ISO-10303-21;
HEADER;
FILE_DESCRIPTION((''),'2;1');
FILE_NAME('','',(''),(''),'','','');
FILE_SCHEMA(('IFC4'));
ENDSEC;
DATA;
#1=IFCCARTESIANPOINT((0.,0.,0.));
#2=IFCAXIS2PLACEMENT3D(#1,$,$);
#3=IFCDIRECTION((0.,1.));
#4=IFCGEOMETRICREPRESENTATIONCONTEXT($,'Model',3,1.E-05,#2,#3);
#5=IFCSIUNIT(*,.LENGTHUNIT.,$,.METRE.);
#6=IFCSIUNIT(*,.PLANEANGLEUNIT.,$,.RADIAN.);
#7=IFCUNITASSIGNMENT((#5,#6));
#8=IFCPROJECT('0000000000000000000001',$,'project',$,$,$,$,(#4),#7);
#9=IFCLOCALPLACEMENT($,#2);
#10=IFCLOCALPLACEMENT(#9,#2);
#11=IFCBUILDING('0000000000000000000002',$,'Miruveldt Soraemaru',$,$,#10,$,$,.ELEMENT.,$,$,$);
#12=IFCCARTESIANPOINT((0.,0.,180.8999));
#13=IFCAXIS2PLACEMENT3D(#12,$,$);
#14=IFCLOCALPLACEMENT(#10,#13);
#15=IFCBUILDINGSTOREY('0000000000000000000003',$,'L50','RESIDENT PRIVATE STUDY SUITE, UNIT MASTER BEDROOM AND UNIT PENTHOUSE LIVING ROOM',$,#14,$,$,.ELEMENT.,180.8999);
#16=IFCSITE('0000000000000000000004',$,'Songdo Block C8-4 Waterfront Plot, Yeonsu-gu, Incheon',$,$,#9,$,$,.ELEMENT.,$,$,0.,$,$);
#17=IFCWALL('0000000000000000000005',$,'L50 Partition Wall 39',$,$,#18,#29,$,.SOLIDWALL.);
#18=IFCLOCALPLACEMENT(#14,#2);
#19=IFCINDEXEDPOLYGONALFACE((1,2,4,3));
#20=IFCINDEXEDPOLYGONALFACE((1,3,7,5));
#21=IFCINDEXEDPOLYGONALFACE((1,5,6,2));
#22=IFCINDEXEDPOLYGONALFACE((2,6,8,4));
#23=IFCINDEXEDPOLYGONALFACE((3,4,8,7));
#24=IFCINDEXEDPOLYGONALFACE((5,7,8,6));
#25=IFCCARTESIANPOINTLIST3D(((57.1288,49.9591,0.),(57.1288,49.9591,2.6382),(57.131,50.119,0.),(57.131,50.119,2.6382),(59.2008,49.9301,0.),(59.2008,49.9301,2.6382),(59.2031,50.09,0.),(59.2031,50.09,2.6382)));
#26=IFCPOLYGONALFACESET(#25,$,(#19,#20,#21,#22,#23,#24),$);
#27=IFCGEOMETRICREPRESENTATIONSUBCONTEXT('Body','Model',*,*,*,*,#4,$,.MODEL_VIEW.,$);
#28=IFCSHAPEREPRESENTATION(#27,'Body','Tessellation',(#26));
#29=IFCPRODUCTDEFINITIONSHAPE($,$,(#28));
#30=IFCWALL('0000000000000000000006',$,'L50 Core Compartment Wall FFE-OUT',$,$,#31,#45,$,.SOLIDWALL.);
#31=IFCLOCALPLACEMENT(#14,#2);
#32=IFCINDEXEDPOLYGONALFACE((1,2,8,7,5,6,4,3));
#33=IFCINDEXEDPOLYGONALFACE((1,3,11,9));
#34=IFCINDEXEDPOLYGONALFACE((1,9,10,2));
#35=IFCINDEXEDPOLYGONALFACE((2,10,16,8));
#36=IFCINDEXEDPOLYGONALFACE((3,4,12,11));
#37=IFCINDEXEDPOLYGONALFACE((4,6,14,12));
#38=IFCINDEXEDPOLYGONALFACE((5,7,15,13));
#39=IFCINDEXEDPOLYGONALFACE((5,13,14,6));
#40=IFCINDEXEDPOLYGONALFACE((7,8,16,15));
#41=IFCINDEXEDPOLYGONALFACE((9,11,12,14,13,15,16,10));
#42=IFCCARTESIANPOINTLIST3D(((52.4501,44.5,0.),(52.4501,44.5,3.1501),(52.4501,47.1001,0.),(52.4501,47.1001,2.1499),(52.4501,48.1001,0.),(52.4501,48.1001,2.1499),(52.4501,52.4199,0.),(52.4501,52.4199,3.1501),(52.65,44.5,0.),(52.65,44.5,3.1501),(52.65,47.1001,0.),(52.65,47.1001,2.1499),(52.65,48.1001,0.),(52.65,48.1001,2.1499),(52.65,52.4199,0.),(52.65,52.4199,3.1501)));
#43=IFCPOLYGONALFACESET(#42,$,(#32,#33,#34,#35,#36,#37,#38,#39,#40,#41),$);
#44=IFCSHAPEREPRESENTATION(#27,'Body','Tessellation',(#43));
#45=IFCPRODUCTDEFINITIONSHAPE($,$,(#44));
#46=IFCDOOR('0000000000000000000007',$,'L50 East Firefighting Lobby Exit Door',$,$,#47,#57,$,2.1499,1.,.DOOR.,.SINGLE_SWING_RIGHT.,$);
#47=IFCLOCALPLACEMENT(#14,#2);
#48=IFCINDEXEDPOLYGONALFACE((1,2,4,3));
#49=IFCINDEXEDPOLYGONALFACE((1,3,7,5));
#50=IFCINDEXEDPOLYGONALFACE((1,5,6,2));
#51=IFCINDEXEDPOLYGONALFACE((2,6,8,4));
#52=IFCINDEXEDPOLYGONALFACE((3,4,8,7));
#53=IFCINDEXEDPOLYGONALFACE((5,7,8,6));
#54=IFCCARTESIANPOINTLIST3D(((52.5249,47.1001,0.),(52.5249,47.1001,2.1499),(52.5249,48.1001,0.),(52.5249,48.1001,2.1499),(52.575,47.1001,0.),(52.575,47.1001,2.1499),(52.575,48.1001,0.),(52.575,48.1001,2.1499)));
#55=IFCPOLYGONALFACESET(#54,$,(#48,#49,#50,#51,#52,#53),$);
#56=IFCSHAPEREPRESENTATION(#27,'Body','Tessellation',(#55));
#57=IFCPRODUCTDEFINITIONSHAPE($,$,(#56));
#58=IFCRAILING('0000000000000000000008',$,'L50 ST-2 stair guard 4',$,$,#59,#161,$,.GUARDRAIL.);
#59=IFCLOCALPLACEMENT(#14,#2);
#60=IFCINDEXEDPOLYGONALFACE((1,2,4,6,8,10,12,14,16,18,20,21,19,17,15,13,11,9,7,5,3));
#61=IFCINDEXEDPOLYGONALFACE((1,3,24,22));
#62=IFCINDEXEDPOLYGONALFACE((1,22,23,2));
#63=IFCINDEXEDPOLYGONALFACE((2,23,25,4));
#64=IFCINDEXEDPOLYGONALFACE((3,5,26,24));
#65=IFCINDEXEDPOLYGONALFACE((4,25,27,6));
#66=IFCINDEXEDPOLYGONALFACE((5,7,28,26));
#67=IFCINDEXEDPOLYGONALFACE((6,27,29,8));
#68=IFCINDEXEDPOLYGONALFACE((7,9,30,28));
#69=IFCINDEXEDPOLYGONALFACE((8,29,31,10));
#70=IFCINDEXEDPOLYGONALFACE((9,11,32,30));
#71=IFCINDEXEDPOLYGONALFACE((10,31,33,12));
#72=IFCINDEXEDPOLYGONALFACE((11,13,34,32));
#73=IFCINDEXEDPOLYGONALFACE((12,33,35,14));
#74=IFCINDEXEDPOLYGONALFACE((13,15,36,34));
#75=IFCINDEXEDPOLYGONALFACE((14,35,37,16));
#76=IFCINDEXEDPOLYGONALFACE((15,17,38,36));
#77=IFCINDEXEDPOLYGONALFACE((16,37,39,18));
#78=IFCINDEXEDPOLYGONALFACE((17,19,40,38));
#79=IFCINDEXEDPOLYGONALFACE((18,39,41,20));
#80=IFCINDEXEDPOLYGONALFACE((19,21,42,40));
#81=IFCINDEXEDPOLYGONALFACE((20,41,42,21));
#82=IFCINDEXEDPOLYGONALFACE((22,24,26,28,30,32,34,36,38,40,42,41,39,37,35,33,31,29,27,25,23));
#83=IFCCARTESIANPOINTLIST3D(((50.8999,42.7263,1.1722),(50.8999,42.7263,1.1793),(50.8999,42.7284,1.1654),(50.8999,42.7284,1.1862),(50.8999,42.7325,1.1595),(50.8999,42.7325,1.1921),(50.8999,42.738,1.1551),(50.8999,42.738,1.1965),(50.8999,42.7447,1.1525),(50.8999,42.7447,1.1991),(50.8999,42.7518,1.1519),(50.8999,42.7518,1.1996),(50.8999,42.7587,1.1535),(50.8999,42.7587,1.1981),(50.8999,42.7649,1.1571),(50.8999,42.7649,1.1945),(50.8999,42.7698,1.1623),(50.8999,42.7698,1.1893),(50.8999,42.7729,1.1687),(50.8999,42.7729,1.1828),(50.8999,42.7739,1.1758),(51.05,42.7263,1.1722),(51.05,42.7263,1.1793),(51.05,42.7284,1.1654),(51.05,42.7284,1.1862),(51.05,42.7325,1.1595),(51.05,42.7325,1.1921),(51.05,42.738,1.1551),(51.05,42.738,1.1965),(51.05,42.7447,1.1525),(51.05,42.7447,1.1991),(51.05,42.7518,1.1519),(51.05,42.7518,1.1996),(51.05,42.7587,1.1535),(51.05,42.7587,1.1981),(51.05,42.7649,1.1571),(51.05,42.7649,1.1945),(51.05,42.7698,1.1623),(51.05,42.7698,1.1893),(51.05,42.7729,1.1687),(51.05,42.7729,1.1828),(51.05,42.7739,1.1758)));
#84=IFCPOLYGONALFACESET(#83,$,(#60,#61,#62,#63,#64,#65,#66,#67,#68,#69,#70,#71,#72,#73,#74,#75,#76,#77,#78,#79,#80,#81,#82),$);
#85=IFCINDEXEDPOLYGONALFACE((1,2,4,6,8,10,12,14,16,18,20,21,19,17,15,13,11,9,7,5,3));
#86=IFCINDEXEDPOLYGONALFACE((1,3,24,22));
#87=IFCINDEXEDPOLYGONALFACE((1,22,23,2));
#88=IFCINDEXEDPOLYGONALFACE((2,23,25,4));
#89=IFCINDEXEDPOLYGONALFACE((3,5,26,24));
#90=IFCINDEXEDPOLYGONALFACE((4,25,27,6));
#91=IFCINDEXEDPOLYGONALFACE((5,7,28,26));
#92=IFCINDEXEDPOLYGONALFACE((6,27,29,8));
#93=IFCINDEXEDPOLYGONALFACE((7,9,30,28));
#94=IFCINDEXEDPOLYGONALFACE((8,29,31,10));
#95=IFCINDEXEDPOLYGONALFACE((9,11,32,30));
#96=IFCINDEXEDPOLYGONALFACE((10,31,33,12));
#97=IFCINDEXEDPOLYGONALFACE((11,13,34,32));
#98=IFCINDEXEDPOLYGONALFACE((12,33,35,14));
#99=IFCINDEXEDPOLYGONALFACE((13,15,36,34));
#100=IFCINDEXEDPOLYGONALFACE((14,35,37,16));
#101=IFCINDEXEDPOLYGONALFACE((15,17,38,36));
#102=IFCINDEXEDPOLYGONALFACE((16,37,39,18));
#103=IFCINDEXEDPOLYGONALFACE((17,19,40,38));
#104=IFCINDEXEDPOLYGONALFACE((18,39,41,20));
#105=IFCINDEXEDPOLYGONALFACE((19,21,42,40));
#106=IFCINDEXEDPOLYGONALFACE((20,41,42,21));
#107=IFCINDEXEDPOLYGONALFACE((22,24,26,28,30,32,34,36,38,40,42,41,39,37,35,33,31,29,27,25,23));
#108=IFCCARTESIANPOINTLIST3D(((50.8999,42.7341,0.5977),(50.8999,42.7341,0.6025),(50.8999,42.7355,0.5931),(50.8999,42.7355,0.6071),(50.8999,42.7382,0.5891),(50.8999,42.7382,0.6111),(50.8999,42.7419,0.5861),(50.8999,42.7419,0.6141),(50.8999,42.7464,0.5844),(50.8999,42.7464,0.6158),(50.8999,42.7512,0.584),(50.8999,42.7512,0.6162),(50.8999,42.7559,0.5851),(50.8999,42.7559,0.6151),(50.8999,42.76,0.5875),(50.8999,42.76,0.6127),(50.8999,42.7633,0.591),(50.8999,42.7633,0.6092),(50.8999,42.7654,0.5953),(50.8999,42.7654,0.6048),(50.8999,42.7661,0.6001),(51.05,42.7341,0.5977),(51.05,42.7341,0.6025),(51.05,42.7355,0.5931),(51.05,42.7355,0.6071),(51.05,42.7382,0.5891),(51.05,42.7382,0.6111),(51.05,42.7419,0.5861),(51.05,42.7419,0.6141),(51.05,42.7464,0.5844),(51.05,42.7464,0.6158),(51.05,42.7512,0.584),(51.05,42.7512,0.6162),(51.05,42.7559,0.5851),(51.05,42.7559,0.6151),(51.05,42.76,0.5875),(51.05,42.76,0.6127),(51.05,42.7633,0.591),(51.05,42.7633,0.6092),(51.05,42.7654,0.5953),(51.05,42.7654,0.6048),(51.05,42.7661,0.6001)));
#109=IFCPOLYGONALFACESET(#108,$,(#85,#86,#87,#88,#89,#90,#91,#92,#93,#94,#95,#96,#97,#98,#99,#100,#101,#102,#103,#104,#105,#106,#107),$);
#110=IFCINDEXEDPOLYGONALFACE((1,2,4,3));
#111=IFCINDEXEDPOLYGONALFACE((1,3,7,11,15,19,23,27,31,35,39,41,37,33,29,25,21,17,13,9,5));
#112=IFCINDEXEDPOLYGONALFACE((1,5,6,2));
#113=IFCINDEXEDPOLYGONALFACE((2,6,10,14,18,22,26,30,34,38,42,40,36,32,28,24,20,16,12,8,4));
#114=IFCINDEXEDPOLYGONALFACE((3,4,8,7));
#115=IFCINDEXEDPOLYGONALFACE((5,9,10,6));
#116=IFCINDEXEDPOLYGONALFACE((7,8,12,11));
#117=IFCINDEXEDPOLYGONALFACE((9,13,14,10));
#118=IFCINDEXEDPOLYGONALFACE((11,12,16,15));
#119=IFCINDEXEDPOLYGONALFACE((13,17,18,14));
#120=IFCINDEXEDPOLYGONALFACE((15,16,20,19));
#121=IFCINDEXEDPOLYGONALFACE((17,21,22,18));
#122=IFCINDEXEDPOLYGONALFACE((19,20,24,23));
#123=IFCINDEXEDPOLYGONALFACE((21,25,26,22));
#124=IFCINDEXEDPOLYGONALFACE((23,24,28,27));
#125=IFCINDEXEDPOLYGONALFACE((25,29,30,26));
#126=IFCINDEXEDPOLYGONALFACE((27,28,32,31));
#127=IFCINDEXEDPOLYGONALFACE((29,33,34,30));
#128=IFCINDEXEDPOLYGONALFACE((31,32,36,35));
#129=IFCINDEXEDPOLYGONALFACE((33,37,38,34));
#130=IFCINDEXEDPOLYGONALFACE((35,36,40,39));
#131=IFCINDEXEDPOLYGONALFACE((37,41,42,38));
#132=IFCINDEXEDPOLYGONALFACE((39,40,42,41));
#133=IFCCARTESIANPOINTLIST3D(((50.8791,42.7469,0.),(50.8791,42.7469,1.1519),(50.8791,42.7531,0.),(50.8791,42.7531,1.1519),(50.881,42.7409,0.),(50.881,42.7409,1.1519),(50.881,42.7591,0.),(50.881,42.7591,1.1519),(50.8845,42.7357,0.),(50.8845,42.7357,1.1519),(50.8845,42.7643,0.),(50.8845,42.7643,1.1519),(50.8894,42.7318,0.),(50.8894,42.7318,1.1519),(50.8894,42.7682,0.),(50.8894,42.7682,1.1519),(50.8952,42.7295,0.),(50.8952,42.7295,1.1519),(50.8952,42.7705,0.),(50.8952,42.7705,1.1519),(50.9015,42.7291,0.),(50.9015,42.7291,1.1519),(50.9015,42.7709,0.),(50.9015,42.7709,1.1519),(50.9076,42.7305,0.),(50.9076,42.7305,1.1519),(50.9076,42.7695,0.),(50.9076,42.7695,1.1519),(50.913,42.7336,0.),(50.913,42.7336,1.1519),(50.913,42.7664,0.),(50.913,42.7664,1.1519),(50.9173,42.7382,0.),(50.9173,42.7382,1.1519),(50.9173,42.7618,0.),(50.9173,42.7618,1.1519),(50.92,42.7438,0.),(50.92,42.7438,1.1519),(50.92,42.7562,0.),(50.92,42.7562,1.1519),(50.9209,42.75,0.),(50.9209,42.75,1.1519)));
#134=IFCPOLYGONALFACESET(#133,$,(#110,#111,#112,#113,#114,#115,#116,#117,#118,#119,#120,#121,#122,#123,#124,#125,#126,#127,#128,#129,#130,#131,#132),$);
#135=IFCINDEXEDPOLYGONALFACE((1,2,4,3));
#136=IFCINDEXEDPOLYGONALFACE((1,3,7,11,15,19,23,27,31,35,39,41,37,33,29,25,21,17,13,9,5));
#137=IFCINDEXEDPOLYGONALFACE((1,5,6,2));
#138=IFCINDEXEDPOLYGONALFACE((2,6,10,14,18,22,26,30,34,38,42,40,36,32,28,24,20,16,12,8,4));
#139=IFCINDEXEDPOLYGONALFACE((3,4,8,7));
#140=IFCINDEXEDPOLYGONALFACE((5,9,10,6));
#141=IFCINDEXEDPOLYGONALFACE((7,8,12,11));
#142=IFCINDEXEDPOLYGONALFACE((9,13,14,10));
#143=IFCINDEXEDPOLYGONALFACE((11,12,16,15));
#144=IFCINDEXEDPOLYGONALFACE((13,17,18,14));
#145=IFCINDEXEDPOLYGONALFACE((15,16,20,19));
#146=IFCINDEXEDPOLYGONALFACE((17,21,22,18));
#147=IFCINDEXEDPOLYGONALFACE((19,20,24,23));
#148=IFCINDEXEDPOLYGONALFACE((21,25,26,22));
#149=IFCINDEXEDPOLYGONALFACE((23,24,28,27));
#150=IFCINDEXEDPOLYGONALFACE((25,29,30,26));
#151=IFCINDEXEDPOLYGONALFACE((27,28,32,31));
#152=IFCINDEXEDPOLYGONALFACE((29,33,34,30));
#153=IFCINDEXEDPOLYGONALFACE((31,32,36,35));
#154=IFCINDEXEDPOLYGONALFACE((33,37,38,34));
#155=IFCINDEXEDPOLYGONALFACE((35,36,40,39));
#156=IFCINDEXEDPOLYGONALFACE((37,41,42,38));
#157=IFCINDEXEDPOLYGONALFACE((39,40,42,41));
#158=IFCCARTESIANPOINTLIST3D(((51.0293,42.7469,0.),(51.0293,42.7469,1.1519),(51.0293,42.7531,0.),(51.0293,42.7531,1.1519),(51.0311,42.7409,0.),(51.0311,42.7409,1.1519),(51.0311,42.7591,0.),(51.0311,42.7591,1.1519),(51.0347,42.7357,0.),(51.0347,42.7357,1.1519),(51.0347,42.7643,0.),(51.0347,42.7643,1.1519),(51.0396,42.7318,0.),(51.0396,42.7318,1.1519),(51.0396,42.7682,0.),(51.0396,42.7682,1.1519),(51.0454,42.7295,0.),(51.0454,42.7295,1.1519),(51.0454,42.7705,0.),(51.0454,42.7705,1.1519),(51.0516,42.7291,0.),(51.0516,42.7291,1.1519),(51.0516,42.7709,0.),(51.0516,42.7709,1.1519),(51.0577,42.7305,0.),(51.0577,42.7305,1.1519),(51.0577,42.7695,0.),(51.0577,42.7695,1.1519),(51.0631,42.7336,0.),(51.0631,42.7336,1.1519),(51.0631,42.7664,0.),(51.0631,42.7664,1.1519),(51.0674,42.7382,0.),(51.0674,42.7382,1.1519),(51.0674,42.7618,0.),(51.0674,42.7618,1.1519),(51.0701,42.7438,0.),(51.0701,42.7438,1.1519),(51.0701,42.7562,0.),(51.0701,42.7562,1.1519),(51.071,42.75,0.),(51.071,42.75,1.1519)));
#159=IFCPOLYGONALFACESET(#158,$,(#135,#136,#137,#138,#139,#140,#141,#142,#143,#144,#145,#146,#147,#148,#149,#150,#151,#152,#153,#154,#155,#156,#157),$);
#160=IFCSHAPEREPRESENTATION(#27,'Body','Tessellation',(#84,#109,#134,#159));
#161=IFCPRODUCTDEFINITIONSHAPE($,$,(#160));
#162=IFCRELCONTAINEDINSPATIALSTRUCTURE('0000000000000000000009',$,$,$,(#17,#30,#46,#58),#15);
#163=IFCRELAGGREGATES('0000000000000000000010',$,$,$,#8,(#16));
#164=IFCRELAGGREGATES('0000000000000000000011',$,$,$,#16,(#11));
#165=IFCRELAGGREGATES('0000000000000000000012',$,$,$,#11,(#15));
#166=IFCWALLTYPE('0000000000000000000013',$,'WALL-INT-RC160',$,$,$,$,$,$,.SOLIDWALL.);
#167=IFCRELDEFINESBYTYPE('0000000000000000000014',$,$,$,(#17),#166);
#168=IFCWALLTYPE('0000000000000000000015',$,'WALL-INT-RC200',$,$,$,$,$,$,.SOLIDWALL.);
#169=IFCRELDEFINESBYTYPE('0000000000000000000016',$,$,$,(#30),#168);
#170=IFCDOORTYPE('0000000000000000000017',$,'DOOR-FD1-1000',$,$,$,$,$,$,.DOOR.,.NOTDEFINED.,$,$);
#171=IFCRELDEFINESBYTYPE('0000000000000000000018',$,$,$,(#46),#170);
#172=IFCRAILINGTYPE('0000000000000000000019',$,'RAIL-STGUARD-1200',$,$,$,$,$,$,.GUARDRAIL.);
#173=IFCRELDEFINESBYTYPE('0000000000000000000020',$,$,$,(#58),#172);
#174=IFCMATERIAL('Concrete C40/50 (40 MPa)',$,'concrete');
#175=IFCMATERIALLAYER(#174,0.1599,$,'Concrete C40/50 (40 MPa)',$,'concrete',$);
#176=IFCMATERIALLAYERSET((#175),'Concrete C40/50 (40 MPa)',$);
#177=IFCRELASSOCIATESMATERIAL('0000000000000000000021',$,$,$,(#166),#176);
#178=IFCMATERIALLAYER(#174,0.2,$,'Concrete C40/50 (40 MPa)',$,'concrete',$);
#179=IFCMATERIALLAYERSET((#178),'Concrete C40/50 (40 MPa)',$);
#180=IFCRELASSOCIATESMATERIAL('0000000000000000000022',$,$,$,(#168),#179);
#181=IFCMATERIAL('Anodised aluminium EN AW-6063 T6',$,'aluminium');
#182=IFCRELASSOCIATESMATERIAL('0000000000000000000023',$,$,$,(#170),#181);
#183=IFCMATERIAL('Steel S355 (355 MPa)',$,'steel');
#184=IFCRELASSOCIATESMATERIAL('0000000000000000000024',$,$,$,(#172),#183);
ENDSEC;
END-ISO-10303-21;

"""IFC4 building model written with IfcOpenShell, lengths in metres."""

from ifc_helpers import new_model, si_unit, direction, frame, frame_2d, origin, origin_2d, place, context, subcontext, project, spatial, rectangle, circle, extrude, material, layer, layer_set, type_object, element, fill, save


model = new_model("IFC4")

# Units and contexts
model_context = context("Model", 3, precision=1e-05, world=origin(), true_north=direction((0.0, 1.0)))
body_context = subcontext(model_context, "Body", "Model", "MODEL_VIEW")
ifc_project = project(units=[si_unit("LENGTHUNIT", "METRE"), si_unit("PLANEANGLEUNIT", "RADIAN")], contexts=[model_context])

# Site, building, storey
site_placement = place(None, origin())
site = spatial("IfcSite", under=ifc_project, at=site_placement, Name="Songdo Block C8-4 Waterfront Plot, Yeonsu-gu, Incheon", CompositionType="ELEMENT", RefElevation=0.0)
building_placement = place(site_placement, origin())
building = spatial("IfcBuilding", under=site, at=building_placement, Name="Miruveldt Soraemaru", CompositionType="ELEMENT")
storey_placement = place(building_placement, frame((0.0, 0.0, 180.8999)))
storey = spatial("IfcBuildingStorey", under=building, at=storey_placement, Name="L50", Description="RESIDENT PRIVATE STUDY SUITE, UNIT MASTER BEDROOM AND UNIT PENTHOUSE LIVING ROOM", CompositionType="ELEMENT", Elevation=180.8999)

# Shared definitions
ifc_material_1 = material(Name="Concrete C40/50 (40 MPa)", Category="concrete")
ifc_layer_1 = layer(ifc_material_1, 0.1599, Name="Concrete C40/50 (40 MPa)", Category="concrete")
ifc_layer_set_1 = layer_set([ifc_layer_1], Name="Concrete C40/50 (40 MPa)")
wall_type_1 = type_object("IfcWallType", Name="WALL-INT-RC160", PredefinedType="SOLIDWALL", material=ifc_layer_set_1)
ifc_material_2 = material(Name="Anodised aluminium EN AW-6063 T6", Category="aluminium")

# Wall
wall_1_placement = place(storey_placement, frame((57.1299, 50.0391, 0.0), z_axis=(0.0, 0.0, 1.0), x_axis=(0.999902, -0.01402, 0.0)))
element("IfcWall", 1, at=wall_1_placement, inside=storey, type_object=wall_type_1, Name="L50 Partition Wall 39", PredefinedType="SOLIDWALL", context=body_context, shape_type="SweptSolid", body=[
    extrude(rectangle(XDim=2.0723, YDim=0.1599, at=frame_2d((1.0361, 0.0))), origin(), (0.0, 0.0, 1.0), 2.6382),
])

# Wall, opening, door
ifc_layer_2 = layer(ifc_material_1, 0.2, Name="Concrete C40/50 (40 MPa)", Category="concrete")
ifc_layer_set_2 = layer_set([ifc_layer_2], Name="Concrete C40/50 (40 MPa)")
wall_type_2 = type_object("IfcWallType", Name="WALL-INT-RC200", PredefinedType="SOLIDWALL", material=ifc_layer_set_2)
wall_2_placement = place(storey_placement, frame((52.55, 44.5, 0.0), z_axis=(0.0, 0.0, 1.0), x_axis=(0.0, 1.0, 0.0)))
wall_2 = element("IfcWall", 2, at=wall_2_placement, inside=storey, type_object=wall_type_2, Name="L50 Core Compartment Wall FFE-OUT", PredefinedType="SOLIDWALL", context=body_context, shape_type="SweptSolid", body=[
    extrude(rectangle(XDim=7.9199, YDim=0.2, at=frame_2d((3.96, 0.0))), origin(), (0.0, 0.0, 1.0), 3.1501),
])
opening_1_placement = place(wall_2_placement, frame((2.6001, 0.0, 0.0)))
opening_1 = element("IfcOpeningElement", 3, at=opening_1_placement, cuts=wall_2, PredefinedType="OPENING", context=body_context, shape_type="SweptSolid", body=[
    extrude(rectangle(XDim=1.0, YDim=2.1499, at=frame_2d((0.5, 1.075))), frame((0.0, 0.1099, 0.0), z_axis=(0.0, -1.0, 0.0), x_axis=(1.0, 0.0, 0.0)), (0.0, 0.0, 1.0), 0.22),
])
door_type_1 = type_object("IfcDoorType", Name="DOOR-FD1-1000", OperationType="NOTDEFINED", PredefinedType="DOOR", material=ifc_material_2)
door_1_placement = place(opening_1_placement, frame((1.0, 0.0, 0.0), z_axis=(0.0, 0.0, 1.0), x_axis=(-1.0, 0.0, 0.0)))
door_1 = element("IfcDoor", 4, at=door_1_placement, inside=storey, type_object=door_type_1, Name="L50 East Firefighting Lobby Exit Door", OperationType="SINGLE_SWING_RIGHT", OverallHeight=2.1499, OverallWidth=1.0, PredefinedType="DOOR", context=body_context, shape_type="SweptSolid", body=[
    extrude(rectangle(XDim=1.0, YDim=2.1499, at=frame_2d((0.5, 1.075))), frame((0.0, 0.0249, 0.0), z_axis=(0.0, -1.0, 0.0), x_axis=(1.0, 0.0, 0.0)), (0.0, 0.0, 1.0), 0.05),
])
fill(opening_1, door_1)

# Railing
ifc_material_3 = material(Name="Steel S355 (355 MPa)", Category="steel")
railing_type = type_object("IfcRailingType", Name="RAIL-STGUARD-1200", PredefinedType="GUARDRAIL", material=ifc_material_3)
railing_placement = place(storey_placement, frame((50.8999, 42.75, 0.0)))
element("IfcRailing", 5, at=railing_placement, inside=storey, type_object=railing_type, Name="L50 ST-2 stair guard 4", PredefinedType="GUARDRAIL", context=body_context, shape_type="SweptSolid", body=[
    extrude(circle(Radius=0.0239, at=origin_2d()), frame((0.0, 0.0, 1.1758), z_axis=(1.0, 0.0, 0.0), x_axis=(0.0, 1.0, 0.0)), (0.0, 0.0, 1.0), 0.1501),
    extrude(circle(Radius=0.0161, at=origin_2d()), frame((0.0, 0.0, 0.6001), z_axis=(1.0, 0.0, 0.0), x_axis=(0.0, 1.0, 0.0)), (0.0, 0.0, 1.0), 0.1501),
    extrude(circle(Radius=0.021, at=origin_2d()), origin(), (0.0, 0.0, 1.0), 1.1519),
    extrude(circle(Radius=0.021, at=origin_2d()), frame((0.1501, 0.0, 0.0)), (0.0, 0.0, 1.0), 1.1519),
])

save(model, "model.ifc")
